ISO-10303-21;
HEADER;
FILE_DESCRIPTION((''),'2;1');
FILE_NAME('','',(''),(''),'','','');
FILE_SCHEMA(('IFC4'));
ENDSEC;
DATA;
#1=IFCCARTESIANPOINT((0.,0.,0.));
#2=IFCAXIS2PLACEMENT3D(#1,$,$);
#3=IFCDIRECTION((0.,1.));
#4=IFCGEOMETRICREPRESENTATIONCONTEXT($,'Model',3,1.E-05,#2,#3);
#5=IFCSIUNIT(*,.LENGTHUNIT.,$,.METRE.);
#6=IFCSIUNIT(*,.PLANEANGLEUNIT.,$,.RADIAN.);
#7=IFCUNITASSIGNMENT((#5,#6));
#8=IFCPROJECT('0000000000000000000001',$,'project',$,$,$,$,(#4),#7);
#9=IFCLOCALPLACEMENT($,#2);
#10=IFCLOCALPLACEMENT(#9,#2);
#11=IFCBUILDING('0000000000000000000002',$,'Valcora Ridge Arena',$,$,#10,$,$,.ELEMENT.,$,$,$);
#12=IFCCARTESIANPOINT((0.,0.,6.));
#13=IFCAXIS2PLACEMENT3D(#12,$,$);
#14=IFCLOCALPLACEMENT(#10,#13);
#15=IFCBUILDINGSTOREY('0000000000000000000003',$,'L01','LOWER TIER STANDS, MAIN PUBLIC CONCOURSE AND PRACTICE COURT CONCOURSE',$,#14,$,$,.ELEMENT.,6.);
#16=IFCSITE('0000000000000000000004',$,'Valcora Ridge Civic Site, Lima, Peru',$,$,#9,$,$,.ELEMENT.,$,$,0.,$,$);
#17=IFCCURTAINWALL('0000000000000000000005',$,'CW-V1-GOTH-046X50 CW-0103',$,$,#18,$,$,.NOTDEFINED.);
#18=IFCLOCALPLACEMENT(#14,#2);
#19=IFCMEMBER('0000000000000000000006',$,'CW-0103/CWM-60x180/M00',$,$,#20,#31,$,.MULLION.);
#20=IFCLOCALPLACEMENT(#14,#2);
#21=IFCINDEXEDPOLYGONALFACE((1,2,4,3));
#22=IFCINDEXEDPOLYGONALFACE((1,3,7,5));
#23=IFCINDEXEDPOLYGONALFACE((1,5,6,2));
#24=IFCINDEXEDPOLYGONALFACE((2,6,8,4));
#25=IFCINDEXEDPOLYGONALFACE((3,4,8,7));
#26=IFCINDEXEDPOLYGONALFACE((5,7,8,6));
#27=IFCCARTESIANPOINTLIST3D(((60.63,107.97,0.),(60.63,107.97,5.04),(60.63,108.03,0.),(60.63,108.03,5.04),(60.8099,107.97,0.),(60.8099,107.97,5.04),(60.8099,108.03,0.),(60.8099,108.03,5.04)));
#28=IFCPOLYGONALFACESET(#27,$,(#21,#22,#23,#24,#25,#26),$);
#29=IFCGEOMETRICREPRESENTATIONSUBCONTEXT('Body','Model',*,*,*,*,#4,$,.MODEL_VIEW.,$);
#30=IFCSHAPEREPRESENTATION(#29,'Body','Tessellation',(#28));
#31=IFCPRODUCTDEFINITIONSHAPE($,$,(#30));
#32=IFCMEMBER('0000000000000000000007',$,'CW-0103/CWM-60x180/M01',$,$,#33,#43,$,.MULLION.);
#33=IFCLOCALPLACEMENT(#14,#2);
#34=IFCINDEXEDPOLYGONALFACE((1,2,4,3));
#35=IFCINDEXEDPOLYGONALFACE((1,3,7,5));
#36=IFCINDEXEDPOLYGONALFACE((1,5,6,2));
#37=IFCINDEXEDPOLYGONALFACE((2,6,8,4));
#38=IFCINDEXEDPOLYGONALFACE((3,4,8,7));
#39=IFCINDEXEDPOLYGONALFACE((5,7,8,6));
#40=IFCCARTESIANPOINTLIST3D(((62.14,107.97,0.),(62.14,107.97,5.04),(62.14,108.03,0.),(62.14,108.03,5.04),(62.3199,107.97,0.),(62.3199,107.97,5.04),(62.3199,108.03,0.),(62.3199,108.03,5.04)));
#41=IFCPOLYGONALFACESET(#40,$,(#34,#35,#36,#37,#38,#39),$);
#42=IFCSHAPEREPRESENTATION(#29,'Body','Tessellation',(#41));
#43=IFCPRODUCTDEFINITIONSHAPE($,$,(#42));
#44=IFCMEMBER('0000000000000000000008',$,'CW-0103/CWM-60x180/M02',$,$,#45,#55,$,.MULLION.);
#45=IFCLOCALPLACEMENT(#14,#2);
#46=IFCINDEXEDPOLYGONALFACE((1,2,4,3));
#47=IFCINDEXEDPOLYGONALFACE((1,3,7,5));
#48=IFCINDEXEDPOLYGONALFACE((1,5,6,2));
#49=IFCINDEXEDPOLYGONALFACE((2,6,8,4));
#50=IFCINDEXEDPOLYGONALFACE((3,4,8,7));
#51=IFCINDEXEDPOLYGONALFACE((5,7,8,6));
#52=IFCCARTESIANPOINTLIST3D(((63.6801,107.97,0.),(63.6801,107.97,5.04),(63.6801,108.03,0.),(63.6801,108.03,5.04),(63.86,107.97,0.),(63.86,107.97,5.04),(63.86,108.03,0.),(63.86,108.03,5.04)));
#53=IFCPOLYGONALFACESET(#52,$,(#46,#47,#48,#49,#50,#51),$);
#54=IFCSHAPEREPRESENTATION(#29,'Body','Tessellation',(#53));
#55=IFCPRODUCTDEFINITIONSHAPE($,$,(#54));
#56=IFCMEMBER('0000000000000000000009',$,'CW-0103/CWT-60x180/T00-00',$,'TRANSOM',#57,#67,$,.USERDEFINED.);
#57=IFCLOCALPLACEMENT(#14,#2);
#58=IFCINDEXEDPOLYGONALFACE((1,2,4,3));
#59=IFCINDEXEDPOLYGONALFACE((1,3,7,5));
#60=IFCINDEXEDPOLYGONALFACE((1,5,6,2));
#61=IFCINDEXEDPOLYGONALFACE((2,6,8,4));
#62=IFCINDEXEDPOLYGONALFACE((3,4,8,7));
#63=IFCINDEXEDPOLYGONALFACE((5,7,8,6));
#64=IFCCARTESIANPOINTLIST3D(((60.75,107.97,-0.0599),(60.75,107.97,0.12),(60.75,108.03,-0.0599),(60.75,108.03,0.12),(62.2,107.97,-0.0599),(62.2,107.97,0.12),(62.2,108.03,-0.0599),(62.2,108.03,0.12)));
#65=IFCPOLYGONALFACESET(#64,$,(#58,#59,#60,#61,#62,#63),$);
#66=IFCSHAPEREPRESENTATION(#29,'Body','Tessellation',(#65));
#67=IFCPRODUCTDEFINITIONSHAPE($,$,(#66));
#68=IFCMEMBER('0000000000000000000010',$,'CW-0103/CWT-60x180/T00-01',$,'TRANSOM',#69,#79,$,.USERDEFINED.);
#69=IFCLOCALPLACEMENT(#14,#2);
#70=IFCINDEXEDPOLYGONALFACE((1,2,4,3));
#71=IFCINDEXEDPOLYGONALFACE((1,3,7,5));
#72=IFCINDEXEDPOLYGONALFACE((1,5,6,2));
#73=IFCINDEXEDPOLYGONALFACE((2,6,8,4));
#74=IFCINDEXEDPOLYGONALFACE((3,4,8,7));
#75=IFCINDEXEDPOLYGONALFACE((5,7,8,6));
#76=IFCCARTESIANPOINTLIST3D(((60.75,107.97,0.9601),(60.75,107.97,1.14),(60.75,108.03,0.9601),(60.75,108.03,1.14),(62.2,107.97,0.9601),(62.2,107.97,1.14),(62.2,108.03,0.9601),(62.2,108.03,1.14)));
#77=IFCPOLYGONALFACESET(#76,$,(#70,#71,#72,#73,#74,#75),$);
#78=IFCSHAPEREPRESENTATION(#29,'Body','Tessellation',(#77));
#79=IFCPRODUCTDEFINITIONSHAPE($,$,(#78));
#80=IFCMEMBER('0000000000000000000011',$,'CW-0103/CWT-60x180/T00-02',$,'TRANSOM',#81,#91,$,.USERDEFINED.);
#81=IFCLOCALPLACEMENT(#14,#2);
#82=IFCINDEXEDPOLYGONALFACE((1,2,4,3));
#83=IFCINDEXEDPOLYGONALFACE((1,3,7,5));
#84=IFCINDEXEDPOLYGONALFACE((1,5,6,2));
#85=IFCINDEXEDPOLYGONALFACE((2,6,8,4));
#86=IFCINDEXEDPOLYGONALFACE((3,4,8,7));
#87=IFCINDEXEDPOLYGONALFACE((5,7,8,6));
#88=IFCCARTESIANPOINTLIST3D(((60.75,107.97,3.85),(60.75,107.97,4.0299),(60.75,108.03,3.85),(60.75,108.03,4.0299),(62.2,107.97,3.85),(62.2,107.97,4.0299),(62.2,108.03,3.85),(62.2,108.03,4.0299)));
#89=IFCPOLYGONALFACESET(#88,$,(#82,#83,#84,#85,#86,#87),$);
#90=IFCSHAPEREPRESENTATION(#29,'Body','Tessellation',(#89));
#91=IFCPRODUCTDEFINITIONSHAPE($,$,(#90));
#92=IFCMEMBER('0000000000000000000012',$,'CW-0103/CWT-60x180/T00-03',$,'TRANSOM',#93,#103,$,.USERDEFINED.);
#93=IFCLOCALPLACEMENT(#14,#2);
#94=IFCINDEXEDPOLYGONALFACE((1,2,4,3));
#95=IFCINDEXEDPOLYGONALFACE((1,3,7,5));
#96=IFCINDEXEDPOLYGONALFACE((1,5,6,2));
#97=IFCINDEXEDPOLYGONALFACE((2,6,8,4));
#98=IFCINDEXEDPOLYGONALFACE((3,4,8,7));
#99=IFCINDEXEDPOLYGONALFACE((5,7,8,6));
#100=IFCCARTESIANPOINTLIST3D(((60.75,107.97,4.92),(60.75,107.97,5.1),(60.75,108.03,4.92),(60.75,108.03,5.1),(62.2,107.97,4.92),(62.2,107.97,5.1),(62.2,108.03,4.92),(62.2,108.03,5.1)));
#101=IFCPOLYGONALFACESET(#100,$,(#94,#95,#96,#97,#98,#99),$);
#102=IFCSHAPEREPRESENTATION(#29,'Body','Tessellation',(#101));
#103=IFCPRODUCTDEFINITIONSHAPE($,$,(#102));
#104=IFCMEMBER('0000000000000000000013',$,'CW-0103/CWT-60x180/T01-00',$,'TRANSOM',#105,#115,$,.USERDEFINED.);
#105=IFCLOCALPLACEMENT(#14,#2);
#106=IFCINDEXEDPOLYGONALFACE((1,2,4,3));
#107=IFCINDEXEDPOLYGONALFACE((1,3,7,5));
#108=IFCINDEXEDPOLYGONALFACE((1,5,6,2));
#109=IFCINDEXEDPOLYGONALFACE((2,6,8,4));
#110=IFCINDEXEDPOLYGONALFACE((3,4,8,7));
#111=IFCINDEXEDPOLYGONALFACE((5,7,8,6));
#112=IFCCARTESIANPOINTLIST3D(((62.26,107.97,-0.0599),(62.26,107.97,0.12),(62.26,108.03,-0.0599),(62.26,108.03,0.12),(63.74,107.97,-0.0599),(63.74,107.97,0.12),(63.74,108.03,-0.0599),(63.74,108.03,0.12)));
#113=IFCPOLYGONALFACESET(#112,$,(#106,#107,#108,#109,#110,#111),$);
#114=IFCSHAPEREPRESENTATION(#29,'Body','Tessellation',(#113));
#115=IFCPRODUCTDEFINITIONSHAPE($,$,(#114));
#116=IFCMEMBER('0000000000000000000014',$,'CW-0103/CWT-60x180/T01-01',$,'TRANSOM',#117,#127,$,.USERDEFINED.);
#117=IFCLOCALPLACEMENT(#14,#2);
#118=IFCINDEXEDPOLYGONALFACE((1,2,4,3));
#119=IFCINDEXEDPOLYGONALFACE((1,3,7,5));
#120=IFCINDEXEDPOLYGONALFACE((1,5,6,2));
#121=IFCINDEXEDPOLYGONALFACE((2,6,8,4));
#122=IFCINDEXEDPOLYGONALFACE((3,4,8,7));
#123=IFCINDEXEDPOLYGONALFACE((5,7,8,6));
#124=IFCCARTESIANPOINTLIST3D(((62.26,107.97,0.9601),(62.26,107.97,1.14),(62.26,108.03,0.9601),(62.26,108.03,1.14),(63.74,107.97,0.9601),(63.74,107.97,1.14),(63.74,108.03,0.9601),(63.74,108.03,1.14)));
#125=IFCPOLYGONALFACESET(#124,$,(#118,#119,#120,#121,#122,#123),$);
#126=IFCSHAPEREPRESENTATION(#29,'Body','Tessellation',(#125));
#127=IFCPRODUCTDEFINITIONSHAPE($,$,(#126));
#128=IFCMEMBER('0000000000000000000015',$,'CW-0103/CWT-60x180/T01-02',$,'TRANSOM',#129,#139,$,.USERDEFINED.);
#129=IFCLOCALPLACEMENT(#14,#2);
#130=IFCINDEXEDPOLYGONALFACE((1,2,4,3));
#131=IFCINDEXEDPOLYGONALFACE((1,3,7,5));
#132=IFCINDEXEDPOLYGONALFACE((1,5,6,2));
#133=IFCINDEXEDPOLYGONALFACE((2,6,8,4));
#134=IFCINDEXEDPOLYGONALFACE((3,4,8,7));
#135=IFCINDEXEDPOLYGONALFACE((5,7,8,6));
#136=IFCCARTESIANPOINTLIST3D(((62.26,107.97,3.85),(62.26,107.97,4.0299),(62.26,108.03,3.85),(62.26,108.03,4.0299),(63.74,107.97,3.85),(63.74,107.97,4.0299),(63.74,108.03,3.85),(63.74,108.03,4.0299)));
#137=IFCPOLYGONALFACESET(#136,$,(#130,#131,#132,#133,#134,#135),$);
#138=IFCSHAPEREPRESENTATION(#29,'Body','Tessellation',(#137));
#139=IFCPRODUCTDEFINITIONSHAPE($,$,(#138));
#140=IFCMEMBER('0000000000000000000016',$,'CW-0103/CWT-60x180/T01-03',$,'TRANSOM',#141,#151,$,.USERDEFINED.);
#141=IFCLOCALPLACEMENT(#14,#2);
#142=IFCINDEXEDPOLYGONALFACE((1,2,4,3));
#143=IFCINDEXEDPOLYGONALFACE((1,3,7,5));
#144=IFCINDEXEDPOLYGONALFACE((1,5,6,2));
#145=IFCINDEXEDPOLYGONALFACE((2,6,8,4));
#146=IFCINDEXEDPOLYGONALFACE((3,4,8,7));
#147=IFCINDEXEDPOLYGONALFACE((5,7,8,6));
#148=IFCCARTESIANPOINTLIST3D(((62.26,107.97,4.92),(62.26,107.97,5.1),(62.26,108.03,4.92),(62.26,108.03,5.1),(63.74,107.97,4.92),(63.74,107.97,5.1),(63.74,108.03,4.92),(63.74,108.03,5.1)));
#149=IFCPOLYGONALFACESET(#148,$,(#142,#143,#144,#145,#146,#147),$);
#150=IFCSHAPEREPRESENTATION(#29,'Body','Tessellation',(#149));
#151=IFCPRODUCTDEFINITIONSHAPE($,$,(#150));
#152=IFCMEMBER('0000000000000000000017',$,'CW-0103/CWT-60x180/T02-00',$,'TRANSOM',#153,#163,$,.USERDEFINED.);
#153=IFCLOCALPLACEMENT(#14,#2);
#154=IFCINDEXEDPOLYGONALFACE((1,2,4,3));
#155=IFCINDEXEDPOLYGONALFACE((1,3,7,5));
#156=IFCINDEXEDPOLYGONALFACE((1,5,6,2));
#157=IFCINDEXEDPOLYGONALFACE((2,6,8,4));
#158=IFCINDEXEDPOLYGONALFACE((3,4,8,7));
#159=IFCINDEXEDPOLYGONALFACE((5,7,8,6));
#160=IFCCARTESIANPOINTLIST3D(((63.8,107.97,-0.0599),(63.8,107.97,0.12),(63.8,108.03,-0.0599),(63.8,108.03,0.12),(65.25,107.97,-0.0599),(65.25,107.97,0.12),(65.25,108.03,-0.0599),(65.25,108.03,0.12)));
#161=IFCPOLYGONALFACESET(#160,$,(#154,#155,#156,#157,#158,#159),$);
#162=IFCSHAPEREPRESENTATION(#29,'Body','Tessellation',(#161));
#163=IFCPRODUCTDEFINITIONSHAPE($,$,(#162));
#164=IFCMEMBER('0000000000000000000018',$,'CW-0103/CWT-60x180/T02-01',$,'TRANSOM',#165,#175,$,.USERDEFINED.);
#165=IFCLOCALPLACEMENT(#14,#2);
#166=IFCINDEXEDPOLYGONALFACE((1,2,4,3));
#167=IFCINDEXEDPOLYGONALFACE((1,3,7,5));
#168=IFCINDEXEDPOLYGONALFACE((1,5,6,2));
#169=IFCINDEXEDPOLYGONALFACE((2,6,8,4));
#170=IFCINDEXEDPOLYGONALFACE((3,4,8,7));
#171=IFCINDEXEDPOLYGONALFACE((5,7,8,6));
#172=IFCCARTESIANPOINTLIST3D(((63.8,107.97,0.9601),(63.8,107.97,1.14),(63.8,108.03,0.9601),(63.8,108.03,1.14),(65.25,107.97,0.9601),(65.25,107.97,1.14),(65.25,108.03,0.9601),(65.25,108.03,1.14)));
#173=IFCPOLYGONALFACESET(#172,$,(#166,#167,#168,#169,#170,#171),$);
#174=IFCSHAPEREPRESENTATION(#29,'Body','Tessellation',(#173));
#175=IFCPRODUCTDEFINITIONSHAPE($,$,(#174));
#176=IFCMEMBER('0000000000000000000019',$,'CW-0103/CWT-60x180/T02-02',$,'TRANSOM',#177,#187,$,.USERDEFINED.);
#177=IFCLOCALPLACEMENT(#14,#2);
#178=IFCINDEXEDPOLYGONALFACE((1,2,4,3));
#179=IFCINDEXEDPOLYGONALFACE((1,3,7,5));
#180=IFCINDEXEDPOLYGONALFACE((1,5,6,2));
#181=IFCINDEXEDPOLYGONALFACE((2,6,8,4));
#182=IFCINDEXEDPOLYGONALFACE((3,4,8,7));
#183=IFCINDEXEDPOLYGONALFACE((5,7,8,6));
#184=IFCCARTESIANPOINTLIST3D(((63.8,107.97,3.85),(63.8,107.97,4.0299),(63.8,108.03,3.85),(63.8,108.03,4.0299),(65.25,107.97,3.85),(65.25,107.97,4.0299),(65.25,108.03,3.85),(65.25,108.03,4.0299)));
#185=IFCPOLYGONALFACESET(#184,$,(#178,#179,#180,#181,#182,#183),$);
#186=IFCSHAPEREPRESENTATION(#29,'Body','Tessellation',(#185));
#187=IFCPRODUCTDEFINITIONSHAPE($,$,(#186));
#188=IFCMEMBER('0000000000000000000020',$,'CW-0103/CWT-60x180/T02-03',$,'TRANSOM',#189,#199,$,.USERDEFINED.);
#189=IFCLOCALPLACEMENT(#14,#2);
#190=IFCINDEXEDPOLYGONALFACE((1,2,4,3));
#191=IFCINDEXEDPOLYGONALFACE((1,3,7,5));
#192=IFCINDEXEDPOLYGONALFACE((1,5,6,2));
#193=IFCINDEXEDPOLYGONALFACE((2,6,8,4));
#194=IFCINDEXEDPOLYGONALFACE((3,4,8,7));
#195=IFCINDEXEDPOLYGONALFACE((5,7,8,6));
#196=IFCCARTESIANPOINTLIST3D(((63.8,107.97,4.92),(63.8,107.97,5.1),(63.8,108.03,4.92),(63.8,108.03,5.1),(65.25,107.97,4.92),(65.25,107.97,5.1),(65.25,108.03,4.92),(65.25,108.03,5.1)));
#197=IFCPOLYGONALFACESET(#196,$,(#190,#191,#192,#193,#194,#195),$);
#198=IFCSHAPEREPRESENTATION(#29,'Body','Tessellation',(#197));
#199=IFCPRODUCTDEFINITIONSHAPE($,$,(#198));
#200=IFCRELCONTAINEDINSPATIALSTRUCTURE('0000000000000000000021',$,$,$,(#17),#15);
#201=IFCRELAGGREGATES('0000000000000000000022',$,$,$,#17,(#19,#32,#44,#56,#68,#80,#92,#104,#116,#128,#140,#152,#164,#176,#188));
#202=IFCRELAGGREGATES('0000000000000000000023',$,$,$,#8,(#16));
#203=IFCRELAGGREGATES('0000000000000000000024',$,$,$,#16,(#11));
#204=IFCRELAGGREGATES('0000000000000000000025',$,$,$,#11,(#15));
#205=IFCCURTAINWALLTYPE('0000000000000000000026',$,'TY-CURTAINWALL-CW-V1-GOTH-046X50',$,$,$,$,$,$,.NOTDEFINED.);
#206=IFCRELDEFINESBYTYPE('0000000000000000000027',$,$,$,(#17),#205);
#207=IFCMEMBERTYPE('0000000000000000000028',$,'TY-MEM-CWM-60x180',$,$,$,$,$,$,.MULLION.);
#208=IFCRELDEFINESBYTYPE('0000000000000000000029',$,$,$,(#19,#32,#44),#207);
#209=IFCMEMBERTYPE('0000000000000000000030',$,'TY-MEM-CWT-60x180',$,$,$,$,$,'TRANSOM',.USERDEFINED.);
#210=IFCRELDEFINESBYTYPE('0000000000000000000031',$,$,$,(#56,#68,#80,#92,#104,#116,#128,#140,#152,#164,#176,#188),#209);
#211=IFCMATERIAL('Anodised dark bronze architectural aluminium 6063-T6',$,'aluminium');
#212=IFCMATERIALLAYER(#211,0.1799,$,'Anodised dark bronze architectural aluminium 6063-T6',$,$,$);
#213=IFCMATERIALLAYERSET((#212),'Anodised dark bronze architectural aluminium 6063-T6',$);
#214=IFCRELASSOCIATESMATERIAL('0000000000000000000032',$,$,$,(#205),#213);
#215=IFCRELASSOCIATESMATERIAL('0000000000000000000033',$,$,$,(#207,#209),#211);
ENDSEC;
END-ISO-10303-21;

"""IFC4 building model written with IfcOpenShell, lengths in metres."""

from ifc_helpers import new_model, si_unit, direction, frame, origin, origin_2d, place, context, subcontext, project, spatial, rectangle, extrude, material, layer, layer_set, material_profile, profile_set, type_object, element, aggregate, save


model = new_model("IFC4")

# Units and contexts
model_context = context("Model", 3, precision=1e-05, world=origin(), true_north=direction((0.0, 1.0)))
body_context = subcontext(model_context, "Body", "Model", "MODEL_VIEW")
ifc_project = project(units=[si_unit("LENGTHUNIT", "METRE"), si_unit("PLANEANGLEUNIT", "RADIAN")], contexts=[model_context])

# Site, building, storey
site_placement = place(None, origin())
site = spatial("IfcSite", under=ifc_project, at=site_placement, Name="Valcora Ridge Civic Site, Lima, Peru", CompositionType="ELEMENT", RefElevation=0.0)
building_placement = place(site_placement, origin())
building = spatial("IfcBuilding", under=site, at=building_placement, Name="Valcora Ridge Arena", CompositionType="ELEMENT")
storey_placement = place(building_placement, frame((0.0, 0.0, 6.0)))
storey = spatial("IfcBuildingStorey", under=building, at=storey_placement, Name="L01", Description="LOWER TIER STANDS, MAIN PUBLIC CONCOURSE AND PRACTICE COURT CONCOURSE", CompositionType="ELEMENT", Elevation=6.0)

# Curtain wall, members
ifc_material_1 = material(Name="Anodised dark bronze architectural aluminium 6063-T6", Category="aluminium")
ifc_layer_1 = layer(ifc_material_1, 0.1799, Name="Anodised dark bronze architectural aluminium 6063-T6")
ifc_layer_set_1 = layer_set([ifc_layer_1], Name="Anodised dark bronze architectural aluminium 6063-T6")
curtain_wall_type = type_object("IfcCurtainWallType", Name="TY-CURTAINWALL-CW-V1-GOTH-046X50", PredefinedType="NOTDEFINED", material=ifc_layer_set_1)
curtain_wall_placement = place(storey_placement, origin())
curtain_wall = element("IfcCurtainWall", 1, at=curtain_wall_placement, inside=storey, type_object=curtain_wall_type, Name="CW-V1-GOTH-046X50 CW-0103", PredefinedType="NOTDEFINED")
ifc_material_profile_1 = material_profile(ifc_material_1, rectangle(XDim=0.0601, YDim=0.1799, at=origin_2d()), Name="ALU MULLION 60x180")
ifc_profile_set_1 = profile_set([ifc_material_profile_1], Name="Anodised dark bronze architectural aluminium 6063-T6")
member_type_1 = type_object("IfcMemberType", Name="TY-MEM-CWM-60x180", PredefinedType="MULLION", material=ifc_profile_set_1)
member_1_placement = place(storey_placement, frame((60.72, 108.0, 0.0), z_axis=(0.0, 0.0, 1.0), x_axis=(0.0, 1.0, 0.0)))
member_1 = element("IfcMember", 2, at=member_1_placement, type_object=member_type_1, Name="CW-0103/CWM-60x180/M00", PredefinedType="MULLION", context=body_context, shape_type="SweptSolid", body=[
    extrude(rectangle(XDim=0.0601, YDim=0.1799, at=origin_2d()), origin(), (0.0, 0.0, 1.0), 5.04),
])
member_2_placement = place(storey_placement, frame((62.23, 108.0, 0.0), z_axis=(0.0, 0.0, 1.0), x_axis=(0.0, 1.0, 0.0)))
member_2 = element("IfcMember", 3, at=member_2_placement, type_object=member_type_1, Name="CW-0103/CWM-60x180/M01", PredefinedType="MULLION", context=body_context, shape_type="SweptSolid", body=[
    extrude(rectangle(XDim=0.0601, YDim=0.1799, at=origin_2d()), origin(), (0.0, 0.0, 1.0), 5.04),
])
member_3_placement = place(storey_placement, frame((63.77, 108.0, 0.0), z_axis=(0.0, 0.0, 1.0), x_axis=(0.0, 1.0, 0.0)))
member_3 = element("IfcMember", 4, at=member_3_placement, type_object=member_type_1, Name="CW-0103/CWM-60x180/M02", PredefinedType="MULLION", context=body_context, shape_type="SweptSolid", body=[
    extrude(rectangle(XDim=0.0601, YDim=0.1799, at=origin_2d()), origin(), (0.0, 0.0, 1.0), 5.04),
])
ifc_material_profile_2 = material_profile(ifc_material_1, rectangle(XDim=0.0601, YDim=0.1799, at=origin_2d()), Name="ALU TRANSOM 60x180")
ifc_profile_set_2 = profile_set([ifc_material_profile_2], Name="Anodised dark bronze architectural aluminium 6063-T6")
member_type_2 = type_object("IfcMemberType", Name="TY-MEM-CWT-60x180", ElementType="TRANSOM", PredefinedType="USERDEFINED", material=ifc_profile_set_2)
member_4_placement = place(storey_placement, frame((60.75, 108.0, 0.03), z_axis=(1.0, 0.0, 0.0), x_axis=(0.0, 1.0, 0.0)))
member_4 = element("IfcMember", 5, at=member_4_placement, type_object=member_type_2, Name="CW-0103/CWT-60x180/T00-00", ObjectType="TRANSOM", PredefinedType="USERDEFINED", context=body_context, shape_type="SweptSolid", body=[
    extrude(rectangle(XDim=0.0601, YDim=0.1799, at=origin_2d()), origin(), (0.0, 0.0, 1.0), 1.45),
])
member_5_placement = place(storey_placement, frame((60.75, 108.0, 1.05), z_axis=(1.0, 0.0, 0.0), x_axis=(0.0, 1.0, 0.0)))
member_5 = element("IfcMember", 6, at=member_5_placement, type_object=member_type_2, Name="CW-0103/CWT-60x180/T00-01", ObjectType="TRANSOM", PredefinedType="USERDEFINED", context=body_context, shape_type="SweptSolid", body=[
    extrude(rectangle(XDim=0.0601, YDim=0.1799, at=origin_2d()), origin(), (0.0, 0.0, 1.0), 1.45),
])
member_6_placement = place(storey_placement, frame((60.75, 108.0, 3.9399), z_axis=(1.0, 0.0, 0.0), x_axis=(0.0, 1.0, 0.0)))
member_6 = element("IfcMember", 7, at=member_6_placement, type_object=member_type_2, Name="CW-0103/CWT-60x180/T00-02", ObjectType="TRANSOM", PredefinedType="USERDEFINED", context=body_context, shape_type="SweptSolid", body=[
    extrude(rectangle(XDim=0.0601, YDim=0.1799, at=origin_2d()), origin(), (0.0, 0.0, 1.0), 1.45),
])
member_7_placement = place(storey_placement, frame((60.75, 108.0, 5.01), z_axis=(1.0, 0.0, 0.0), x_axis=(0.0, 1.0, 0.0)))
member_7 = element("IfcMember", 8, at=member_7_placement, type_object=member_type_2, Name="CW-0103/CWT-60x180/T00-03", ObjectType="TRANSOM", PredefinedType="USERDEFINED", context=body_context, shape_type="SweptSolid", body=[
    extrude(rectangle(XDim=0.0601, YDim=0.1799, at=origin_2d()), origin(), (0.0, 0.0, 1.0), 1.45),
])
member_8_placement = place(storey_placement, frame((62.26, 108.0, 0.03), z_axis=(1.0, 0.0, 0.0), x_axis=(0.0, 1.0, 0.0)))
member_8 = element("IfcMember", 9, at=member_8_placement, type_object=member_type_2, Name="CW-0103/CWT-60x180/T01-00", ObjectType="TRANSOM", PredefinedType="USERDEFINED", context=body_context, shape_type="SweptSolid", body=[
    extrude(rectangle(XDim=0.0601, YDim=0.1799, at=origin_2d()), origin(), (0.0, 0.0, 1.0), 1.48),
])
member_9_placement = place(storey_placement, frame((62.26, 108.0, 1.05), z_axis=(1.0, 0.0, 0.0), x_axis=(0.0, 1.0, 0.0)))
member_9 = element("IfcMember", 10, at=member_9_placement, type_object=member_type_2, Name="CW-0103/CWT-60x180/T01-01", ObjectType="TRANSOM", PredefinedType="USERDEFINED", context=body_context, shape_type="SweptSolid", body=[
    extrude(rectangle(XDim=0.0601, YDim=0.1799, at=origin_2d()), origin(), (0.0, 0.0, 1.0), 1.48),
])
member_10_placement = place(storey_placement, frame((62.26, 108.0, 3.9399), z_axis=(1.0, 0.0, 0.0), x_axis=(0.0, 1.0, 0.0)))
member_10 = element("IfcMember", 11, at=member_10_placement, type_object=member_type_2, Name="CW-0103/CWT-60x180/T01-02", ObjectType="TRANSOM", PredefinedType="USERDEFINED", context=body_context, shape_type="SweptSolid", body=[
    extrude(rectangle(XDim=0.0601, YDim=0.1799, at=origin_2d()), origin(), (0.0, 0.0, 1.0), 1.48),
])
member_11_placement = place(storey_placement, frame((62.26, 108.0, 5.01), z_axis=(1.0, 0.0, 0.0), x_axis=(0.0, 1.0, 0.0)))
member_11 = element("IfcMember", 12, at=member_11_placement, type_object=member_type_2, Name="CW-0103/CWT-60x180/T01-03", ObjectType="TRANSOM", PredefinedType="USERDEFINED", context=body_context, shape_type="SweptSolid", body=[
    extrude(rectangle(XDim=0.0601, YDim=0.1799, at=origin_2d()), origin(), (0.0, 0.0, 1.0), 1.48),
])
member_12_placement = place(storey_placement, frame((63.8, 108.0, 0.03), z_axis=(1.0, 0.0, 0.0), x_axis=(0.0, 1.0, 0.0)))
member_12 = element("IfcMember", 13, at=member_12_placement, type_object=member_type_2, Name="CW-0103/CWT-60x180/T02-00", ObjectType="TRANSOM", PredefinedType="USERDEFINED", context=body_context, shape_type="SweptSolid", body=[
    extrude(rectangle(XDim=0.0601, YDim=0.1799, at=origin_2d()), origin(), (0.0, 0.0, 1.0), 1.45),
])
member_13_placement = place(storey_placement, frame((63.8, 108.0, 1.05), z_axis=(1.0, 0.0, 0.0), x_axis=(0.0, 1.0, 0.0)))
member_13 = element("IfcMember", 14, at=member_13_placement, type_object=member_type_2, Name="CW-0103/CWT-60x180/T02-01", ObjectType="TRANSOM", PredefinedType="USERDEFINED", context=body_context, shape_type="SweptSolid", body=[
    extrude(rectangle(XDim=0.0601, YDim=0.1799, at=origin_2d()), origin(), (0.0, 0.0, 1.0), 1.45),
])
member_14_placement = place(storey_placement, frame((63.8, 108.0, 3.9399), z_axis=(1.0, 0.0, 0.0), x_axis=(0.0, 1.0, 0.0)))
member_14 = element("IfcMember", 15, at=member_14_placement, type_object=member_type_2, Name="CW-0103/CWT-60x180/T02-02", ObjectType="TRANSOM", PredefinedType="USERDEFINED", context=body_context, shape_type="SweptSolid", body=[
    extrude(rectangle(XDim=0.0601, YDim=0.1799, at=origin_2d()), origin(), (0.0, 0.0, 1.0), 1.45),
])
member_15_placement = place(storey_placement, frame((63.8, 108.0, 5.01), z_axis=(1.0, 0.0, 0.0), x_axis=(0.0, 1.0, 0.0)))
member_15 = element("IfcMember", 16, at=member_15_placement, type_object=member_type_2, Name="CW-0103/CWT-60x180/T02-03", ObjectType="TRANSOM", PredefinedType="USERDEFINED", context=body_context, shape_type="SweptSolid", body=[
    extrude(rectangle(XDim=0.0601, YDim=0.1799, at=origin_2d()), origin(), (0.0, 0.0, 1.0), 1.45),
])
aggregate(curtain_wall, [member_1, member_2, member_3, member_4, member_5, member_6, member_7, member_8, member_9, member_10, member_11, member_12, member_13, member_14, member_15])

save(model, "model.ifc")
